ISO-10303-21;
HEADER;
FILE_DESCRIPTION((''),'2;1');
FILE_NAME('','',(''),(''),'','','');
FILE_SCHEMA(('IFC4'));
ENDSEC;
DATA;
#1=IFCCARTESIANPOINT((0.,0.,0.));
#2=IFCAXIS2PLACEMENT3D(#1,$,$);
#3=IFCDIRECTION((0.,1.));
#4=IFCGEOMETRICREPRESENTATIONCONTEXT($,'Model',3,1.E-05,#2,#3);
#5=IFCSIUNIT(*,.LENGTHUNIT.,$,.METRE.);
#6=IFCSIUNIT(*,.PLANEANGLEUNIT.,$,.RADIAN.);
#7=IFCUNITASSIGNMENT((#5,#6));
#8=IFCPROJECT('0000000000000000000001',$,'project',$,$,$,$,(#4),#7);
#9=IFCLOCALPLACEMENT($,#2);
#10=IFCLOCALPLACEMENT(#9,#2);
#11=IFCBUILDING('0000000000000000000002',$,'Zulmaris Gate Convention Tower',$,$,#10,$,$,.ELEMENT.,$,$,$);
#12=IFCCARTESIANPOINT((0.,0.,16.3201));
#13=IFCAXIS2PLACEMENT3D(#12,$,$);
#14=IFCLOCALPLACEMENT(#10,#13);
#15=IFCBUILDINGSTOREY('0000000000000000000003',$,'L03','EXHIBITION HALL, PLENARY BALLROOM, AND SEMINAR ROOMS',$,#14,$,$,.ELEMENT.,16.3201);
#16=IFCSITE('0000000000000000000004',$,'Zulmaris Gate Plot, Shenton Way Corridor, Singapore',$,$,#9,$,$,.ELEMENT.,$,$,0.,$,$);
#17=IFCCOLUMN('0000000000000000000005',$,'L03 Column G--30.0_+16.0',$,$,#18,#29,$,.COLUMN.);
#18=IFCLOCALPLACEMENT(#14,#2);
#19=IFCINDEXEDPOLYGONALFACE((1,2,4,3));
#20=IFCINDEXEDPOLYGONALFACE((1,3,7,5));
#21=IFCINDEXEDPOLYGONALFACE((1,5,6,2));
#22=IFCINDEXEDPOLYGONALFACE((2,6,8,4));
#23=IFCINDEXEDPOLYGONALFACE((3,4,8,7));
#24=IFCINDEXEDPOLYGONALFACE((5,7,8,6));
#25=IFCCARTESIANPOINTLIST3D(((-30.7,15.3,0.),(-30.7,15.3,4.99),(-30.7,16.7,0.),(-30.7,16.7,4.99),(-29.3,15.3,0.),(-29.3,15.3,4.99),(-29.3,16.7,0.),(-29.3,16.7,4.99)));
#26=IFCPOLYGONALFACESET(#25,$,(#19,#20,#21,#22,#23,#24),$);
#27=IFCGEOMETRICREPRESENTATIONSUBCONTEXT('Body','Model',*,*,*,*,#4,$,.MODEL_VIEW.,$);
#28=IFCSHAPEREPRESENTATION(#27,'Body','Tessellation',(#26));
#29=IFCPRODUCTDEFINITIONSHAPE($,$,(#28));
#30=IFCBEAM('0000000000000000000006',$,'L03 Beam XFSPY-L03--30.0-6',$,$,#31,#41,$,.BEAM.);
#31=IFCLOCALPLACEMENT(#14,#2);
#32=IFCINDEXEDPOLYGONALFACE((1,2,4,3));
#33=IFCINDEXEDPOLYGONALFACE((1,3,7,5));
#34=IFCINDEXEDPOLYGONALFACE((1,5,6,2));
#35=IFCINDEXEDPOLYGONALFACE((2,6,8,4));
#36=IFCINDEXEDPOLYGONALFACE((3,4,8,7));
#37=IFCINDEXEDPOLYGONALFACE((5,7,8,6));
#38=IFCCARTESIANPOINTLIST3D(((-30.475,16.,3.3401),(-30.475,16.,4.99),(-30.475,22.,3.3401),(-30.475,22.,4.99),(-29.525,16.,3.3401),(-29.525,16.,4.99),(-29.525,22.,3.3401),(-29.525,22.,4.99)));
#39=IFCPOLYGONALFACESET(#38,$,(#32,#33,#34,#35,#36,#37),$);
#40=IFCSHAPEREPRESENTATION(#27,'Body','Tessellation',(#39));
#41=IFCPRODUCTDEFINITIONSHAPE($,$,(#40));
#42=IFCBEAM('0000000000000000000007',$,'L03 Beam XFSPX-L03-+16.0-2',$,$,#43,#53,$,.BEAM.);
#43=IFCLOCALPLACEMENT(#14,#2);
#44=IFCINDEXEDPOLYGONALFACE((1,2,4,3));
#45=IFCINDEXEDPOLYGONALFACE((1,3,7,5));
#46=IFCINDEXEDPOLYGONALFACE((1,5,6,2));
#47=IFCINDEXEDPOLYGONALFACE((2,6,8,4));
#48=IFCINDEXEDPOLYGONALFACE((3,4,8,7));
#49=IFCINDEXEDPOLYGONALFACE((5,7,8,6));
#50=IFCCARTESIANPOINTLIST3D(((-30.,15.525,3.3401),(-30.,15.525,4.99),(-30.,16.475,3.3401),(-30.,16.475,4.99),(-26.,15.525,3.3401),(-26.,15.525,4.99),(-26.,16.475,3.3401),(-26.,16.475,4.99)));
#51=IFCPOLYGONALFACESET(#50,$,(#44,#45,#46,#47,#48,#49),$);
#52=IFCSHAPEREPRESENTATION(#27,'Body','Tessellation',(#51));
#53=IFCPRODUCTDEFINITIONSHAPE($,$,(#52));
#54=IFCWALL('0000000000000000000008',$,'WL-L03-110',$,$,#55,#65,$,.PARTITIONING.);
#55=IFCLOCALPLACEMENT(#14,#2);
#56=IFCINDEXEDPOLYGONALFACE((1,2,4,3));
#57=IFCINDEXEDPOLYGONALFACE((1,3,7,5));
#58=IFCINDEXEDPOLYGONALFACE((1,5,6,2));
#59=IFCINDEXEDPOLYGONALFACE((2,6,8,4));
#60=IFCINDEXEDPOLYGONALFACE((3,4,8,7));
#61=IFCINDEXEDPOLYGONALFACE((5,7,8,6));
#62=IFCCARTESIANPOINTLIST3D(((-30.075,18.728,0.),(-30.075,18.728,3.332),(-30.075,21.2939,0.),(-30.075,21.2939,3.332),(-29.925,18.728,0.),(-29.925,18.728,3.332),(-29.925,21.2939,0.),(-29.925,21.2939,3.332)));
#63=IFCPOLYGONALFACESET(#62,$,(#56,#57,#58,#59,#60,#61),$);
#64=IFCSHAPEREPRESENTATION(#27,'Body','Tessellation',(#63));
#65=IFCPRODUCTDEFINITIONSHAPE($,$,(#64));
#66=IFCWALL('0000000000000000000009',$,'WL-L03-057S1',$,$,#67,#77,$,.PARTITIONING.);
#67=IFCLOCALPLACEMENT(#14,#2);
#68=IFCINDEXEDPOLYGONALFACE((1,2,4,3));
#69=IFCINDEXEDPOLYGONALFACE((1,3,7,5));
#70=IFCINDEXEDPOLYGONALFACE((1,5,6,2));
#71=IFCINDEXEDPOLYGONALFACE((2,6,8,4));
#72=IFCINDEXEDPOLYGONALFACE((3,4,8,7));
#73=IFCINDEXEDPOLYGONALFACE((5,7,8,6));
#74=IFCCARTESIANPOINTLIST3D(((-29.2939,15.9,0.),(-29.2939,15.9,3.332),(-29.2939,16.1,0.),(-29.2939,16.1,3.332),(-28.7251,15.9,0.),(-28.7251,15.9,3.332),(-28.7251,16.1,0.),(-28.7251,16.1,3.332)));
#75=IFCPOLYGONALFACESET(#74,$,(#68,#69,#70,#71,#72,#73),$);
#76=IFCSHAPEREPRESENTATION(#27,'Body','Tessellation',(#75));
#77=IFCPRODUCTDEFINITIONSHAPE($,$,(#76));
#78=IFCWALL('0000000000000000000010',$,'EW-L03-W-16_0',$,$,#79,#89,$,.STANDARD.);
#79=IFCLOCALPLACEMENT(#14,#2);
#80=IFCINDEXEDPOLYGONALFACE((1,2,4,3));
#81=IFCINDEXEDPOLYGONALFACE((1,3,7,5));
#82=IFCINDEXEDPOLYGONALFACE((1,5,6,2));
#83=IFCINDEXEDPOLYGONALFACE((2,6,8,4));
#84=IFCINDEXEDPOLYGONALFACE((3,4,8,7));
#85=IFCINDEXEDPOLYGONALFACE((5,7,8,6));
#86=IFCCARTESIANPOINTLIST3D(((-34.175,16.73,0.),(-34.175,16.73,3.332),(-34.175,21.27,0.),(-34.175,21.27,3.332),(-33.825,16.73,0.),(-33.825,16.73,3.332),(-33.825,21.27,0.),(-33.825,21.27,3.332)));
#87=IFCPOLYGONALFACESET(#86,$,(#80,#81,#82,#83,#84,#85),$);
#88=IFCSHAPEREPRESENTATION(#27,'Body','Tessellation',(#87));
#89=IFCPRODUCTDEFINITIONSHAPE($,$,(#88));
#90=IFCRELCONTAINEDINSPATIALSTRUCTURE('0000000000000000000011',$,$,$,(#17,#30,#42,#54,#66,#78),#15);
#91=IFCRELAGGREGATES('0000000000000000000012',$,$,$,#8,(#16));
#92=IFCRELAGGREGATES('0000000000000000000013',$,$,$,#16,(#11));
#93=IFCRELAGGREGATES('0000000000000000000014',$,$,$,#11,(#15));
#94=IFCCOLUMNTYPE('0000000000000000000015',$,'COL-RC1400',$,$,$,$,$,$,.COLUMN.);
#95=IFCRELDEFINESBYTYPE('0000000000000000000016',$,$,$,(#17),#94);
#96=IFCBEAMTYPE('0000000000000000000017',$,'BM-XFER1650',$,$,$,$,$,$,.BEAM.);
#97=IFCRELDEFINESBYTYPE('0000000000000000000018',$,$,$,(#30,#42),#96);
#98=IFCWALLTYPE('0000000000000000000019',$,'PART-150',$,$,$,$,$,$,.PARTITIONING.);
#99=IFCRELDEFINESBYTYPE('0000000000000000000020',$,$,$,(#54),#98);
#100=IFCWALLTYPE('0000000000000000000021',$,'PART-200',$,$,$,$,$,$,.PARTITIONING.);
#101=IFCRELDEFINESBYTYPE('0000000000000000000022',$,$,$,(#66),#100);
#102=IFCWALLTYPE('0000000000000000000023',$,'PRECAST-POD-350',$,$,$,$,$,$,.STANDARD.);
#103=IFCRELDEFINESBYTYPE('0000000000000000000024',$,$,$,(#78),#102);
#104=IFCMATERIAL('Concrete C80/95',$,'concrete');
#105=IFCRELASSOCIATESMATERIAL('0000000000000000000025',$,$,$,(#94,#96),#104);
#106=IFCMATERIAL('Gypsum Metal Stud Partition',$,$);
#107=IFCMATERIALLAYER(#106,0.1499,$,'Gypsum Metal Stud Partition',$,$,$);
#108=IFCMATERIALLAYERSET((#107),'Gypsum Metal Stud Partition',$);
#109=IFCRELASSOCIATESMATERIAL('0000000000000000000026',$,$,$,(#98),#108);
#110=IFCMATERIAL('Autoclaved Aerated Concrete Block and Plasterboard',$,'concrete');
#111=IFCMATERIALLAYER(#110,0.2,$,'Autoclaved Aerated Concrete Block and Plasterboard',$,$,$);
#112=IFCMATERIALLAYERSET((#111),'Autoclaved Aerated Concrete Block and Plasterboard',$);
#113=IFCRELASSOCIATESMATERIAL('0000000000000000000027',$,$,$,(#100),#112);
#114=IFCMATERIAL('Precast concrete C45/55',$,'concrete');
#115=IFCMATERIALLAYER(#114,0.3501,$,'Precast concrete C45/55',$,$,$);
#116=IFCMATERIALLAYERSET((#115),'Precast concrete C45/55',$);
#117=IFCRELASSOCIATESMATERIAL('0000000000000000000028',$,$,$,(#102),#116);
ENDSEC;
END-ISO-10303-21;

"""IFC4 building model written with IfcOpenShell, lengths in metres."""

from ifc_helpers import new_model, si_unit, direction, frame, frame_2d, origin, origin_2d, place, context, subcontext, project, spatial, rectangle, extrude, material, layer, layer_set, material_profile, profile_set, type_object, element, save


model = new_model("IFC4")

# Units and contexts
model_context = context("Model", 3, precision=1e-05, world=origin(), true_north=direction((0.0, 1.0)))
body_context = subcontext(model_context, "Body", "Model", "MODEL_VIEW")
ifc_project = project(units=[si_unit("LENGTHUNIT", "METRE"), si_unit("PLANEANGLEUNIT", "RADIAN")], contexts=[model_context])

# Site, building, storey
site_placement = place(None, origin())
site = spatial("IfcSite", under=ifc_project, at=site_placement, Name="Zulmaris Gate Plot, Shenton Way Corridor, Singapore", CompositionType="ELEMENT", RefElevation=0.0)
building_placement = place(site_placement, origin())
building = spatial("IfcBuilding", under=site, at=building_placement, Name="Zulmaris Gate Convention Tower", CompositionType="ELEMENT")
storey_placement = place(building_placement, frame((0.0, 0.0, 16.3201)))
storey = spatial("IfcBuildingStorey", under=building, at=storey_placement, Name="L03", Description="EXHIBITION HALL, PLENARY BALLROOM, AND SEMINAR ROOMS", CompositionType="ELEMENT", Elevation=16.3201)

# Column
ifc_material_1 = material(Name="Concrete C80/95", Category="concrete")
ifc_material_profile_1 = material_profile(ifc_material_1, rectangle(XDim=1.3999, YDim=1.3999, at=origin_2d()), Name="RC COL 1400x1400")
ifc_profile_set_1 = profile_set([ifc_material_profile_1], Name="Concrete C80/95")
column_type = type_object("IfcColumnType", Name="COL-RC1400", PredefinedType="COLUMN", material=ifc_profile_set_1)
column_placement = place(storey_placement, frame((-30.0, 16.0, 0.0), z_axis=(0.0, 0.0, 1.0), x_axis=(1.0, 0.0, 0.0)))
element("IfcColumn", 1, at=column_placement, inside=storey, type_object=column_type, Name="L03 Column G--30.0_+16.0", PredefinedType="COLUMN", context=body_context, shape_type="SweptSolid", body=[
    extrude(rectangle(XDim=1.3999, YDim=1.3999, at=origin_2d()), origin(), (0.0, 0.0, 1.0), 4.99),
])

# Beams
ifc_material_profile_2 = material_profile(ifc_material_1, rectangle(XDim=0.95, YDim=1.6499, at=origin_2d()), Name="RC TRANSFER 950x1650")
ifc_profile_set_2 = profile_set([ifc_material_profile_2], Name="Concrete C80/95")
beam_type = type_object("IfcBeamType", Name="BM-XFER1650", PredefinedType="BEAM", material=ifc_profile_set_2)
beam_1_placement = place(storey_placement, frame((-30.0, 16.0, 4.165), z_axis=(0.0, 1.0, 0.0), x_axis=(-1.0, 0.0, 0.0)))
element("IfcBeam", 2, at=beam_1_placement, inside=storey, type_object=beam_type, Name="L03 Beam XFSPY-L03--30.0-6", PredefinedType="BEAM", context=body_context, shape_type="SweptSolid", body=[
    extrude(rectangle(XDim=0.95, YDim=1.6499, at=origin_2d()), origin(), (0.0, 0.0, 1.0), 6.0),
])
beam_2_placement = place(storey_placement, frame((-30.0, 16.0, 4.165), z_axis=(1.0, 0.0, 0.0), x_axis=(0.0, 1.0, 0.0)))
element("IfcBeam", 3, at=beam_2_placement, inside=storey, type_object=beam_type, Name="L03 Beam XFSPX-L03-+16.0-2", PredefinedType="BEAM", context=body_context, shape_type="SweptSolid", body=[
    extrude(rectangle(XDim=0.95, YDim=1.6499, at=origin_2d()), origin(), (0.0, 0.0, 1.0), 4.0),
])

# Shared definitions
ifc_material_2 = material(Name="Gypsum Metal Stud Partition")
ifc_layer_1 = layer(ifc_material_2, 0.1499, Name="Gypsum Metal Stud Partition")
ifc_layer_set_1 = layer_set([ifc_layer_1], Name="Gypsum Metal Stud Partition")
wall_type_1 = type_object("IfcWallType", Name="PART-150", PredefinedType="PARTITIONING", material=ifc_layer_set_1)

# Walls
wall_1_placement = place(storey_placement, frame((-30.0, 18.728, 0.0), z_axis=(0.0, 0.0, 1.0), x_axis=(0.0, 1.0, 0.0)))
element("IfcWall", 4, at=wall_1_placement, inside=storey, type_object=wall_type_1, Name="WL-L03-110", PredefinedType="PARTITIONING", context=body_context, shape_type="SweptSolid", body=[
    extrude(rectangle(XDim=2.5659, YDim=0.1499, at=frame_2d((1.283, 0.0))), origin(), (0.0, 0.0, 1.0), 3.332),
])
ifc_material_3 = material(Name="Autoclaved Aerated Concrete Block and Plasterboard", Category="concrete")
ifc_layer_2 = layer(ifc_material_3, 0.2, Name="Autoclaved Aerated Concrete Block and Plasterboard")
ifc_layer_set_2 = layer_set([ifc_layer_2], Name="Autoclaved Aerated Concrete Block and Plasterboard")
wall_type_2 = type_object("IfcWallType", Name="PART-200", PredefinedType="PARTITIONING", material=ifc_layer_set_2)
wall_2_placement = place(storey_placement, frame((-29.2939, 16.0, 0.0), z_axis=(0.0, 0.0, 1.0), x_axis=(1.0, 0.0, 0.0)))
element("IfcWall", 5, at=wall_2_placement, inside=storey, type_object=wall_type_2, Name="WL-L03-057S1", PredefinedType="PARTITIONING", context=body_context, shape_type="SweptSolid", body=[
    extrude(rectangle(XDim=0.5688, YDim=0.2, at=frame_2d((0.2844, 0.0))), origin(), (0.0, 0.0, 1.0), 3.332),
])
ifc_material_4 = material(Name="Precast concrete C45/55", Category="concrete")
ifc_layer_3 = layer(ifc_material_4, 0.3501, Name="Precast concrete C45/55")
ifc_layer_set_3 = layer_set([ifc_layer_3], Name="Precast concrete C45/55")
wall_type_3 = type_object("IfcWallType", Name="PRECAST-POD-350", PredefinedType="STANDARD", material=ifc_layer_set_3)
wall_3_placement = place(storey_placement, frame((-34.0, 16.73, 0.0), z_axis=(0.0, 0.0, 1.0), x_axis=(0.0, 1.0, 0.0)))
element("IfcWall", 6, at=wall_3_placement, inside=storey, type_object=wall_type_3, Name="EW-L03-W-16_0", PredefinedType="STANDARD", context=body_context, shape_type="SweptSolid", body=[
    extrude(rectangle(XDim=4.54, YDim=0.3501, at=frame_2d((2.27, 0.0))), origin(), (0.0, 0.0, 1.0), 3.332),
])

save(model, "model.ifc")
